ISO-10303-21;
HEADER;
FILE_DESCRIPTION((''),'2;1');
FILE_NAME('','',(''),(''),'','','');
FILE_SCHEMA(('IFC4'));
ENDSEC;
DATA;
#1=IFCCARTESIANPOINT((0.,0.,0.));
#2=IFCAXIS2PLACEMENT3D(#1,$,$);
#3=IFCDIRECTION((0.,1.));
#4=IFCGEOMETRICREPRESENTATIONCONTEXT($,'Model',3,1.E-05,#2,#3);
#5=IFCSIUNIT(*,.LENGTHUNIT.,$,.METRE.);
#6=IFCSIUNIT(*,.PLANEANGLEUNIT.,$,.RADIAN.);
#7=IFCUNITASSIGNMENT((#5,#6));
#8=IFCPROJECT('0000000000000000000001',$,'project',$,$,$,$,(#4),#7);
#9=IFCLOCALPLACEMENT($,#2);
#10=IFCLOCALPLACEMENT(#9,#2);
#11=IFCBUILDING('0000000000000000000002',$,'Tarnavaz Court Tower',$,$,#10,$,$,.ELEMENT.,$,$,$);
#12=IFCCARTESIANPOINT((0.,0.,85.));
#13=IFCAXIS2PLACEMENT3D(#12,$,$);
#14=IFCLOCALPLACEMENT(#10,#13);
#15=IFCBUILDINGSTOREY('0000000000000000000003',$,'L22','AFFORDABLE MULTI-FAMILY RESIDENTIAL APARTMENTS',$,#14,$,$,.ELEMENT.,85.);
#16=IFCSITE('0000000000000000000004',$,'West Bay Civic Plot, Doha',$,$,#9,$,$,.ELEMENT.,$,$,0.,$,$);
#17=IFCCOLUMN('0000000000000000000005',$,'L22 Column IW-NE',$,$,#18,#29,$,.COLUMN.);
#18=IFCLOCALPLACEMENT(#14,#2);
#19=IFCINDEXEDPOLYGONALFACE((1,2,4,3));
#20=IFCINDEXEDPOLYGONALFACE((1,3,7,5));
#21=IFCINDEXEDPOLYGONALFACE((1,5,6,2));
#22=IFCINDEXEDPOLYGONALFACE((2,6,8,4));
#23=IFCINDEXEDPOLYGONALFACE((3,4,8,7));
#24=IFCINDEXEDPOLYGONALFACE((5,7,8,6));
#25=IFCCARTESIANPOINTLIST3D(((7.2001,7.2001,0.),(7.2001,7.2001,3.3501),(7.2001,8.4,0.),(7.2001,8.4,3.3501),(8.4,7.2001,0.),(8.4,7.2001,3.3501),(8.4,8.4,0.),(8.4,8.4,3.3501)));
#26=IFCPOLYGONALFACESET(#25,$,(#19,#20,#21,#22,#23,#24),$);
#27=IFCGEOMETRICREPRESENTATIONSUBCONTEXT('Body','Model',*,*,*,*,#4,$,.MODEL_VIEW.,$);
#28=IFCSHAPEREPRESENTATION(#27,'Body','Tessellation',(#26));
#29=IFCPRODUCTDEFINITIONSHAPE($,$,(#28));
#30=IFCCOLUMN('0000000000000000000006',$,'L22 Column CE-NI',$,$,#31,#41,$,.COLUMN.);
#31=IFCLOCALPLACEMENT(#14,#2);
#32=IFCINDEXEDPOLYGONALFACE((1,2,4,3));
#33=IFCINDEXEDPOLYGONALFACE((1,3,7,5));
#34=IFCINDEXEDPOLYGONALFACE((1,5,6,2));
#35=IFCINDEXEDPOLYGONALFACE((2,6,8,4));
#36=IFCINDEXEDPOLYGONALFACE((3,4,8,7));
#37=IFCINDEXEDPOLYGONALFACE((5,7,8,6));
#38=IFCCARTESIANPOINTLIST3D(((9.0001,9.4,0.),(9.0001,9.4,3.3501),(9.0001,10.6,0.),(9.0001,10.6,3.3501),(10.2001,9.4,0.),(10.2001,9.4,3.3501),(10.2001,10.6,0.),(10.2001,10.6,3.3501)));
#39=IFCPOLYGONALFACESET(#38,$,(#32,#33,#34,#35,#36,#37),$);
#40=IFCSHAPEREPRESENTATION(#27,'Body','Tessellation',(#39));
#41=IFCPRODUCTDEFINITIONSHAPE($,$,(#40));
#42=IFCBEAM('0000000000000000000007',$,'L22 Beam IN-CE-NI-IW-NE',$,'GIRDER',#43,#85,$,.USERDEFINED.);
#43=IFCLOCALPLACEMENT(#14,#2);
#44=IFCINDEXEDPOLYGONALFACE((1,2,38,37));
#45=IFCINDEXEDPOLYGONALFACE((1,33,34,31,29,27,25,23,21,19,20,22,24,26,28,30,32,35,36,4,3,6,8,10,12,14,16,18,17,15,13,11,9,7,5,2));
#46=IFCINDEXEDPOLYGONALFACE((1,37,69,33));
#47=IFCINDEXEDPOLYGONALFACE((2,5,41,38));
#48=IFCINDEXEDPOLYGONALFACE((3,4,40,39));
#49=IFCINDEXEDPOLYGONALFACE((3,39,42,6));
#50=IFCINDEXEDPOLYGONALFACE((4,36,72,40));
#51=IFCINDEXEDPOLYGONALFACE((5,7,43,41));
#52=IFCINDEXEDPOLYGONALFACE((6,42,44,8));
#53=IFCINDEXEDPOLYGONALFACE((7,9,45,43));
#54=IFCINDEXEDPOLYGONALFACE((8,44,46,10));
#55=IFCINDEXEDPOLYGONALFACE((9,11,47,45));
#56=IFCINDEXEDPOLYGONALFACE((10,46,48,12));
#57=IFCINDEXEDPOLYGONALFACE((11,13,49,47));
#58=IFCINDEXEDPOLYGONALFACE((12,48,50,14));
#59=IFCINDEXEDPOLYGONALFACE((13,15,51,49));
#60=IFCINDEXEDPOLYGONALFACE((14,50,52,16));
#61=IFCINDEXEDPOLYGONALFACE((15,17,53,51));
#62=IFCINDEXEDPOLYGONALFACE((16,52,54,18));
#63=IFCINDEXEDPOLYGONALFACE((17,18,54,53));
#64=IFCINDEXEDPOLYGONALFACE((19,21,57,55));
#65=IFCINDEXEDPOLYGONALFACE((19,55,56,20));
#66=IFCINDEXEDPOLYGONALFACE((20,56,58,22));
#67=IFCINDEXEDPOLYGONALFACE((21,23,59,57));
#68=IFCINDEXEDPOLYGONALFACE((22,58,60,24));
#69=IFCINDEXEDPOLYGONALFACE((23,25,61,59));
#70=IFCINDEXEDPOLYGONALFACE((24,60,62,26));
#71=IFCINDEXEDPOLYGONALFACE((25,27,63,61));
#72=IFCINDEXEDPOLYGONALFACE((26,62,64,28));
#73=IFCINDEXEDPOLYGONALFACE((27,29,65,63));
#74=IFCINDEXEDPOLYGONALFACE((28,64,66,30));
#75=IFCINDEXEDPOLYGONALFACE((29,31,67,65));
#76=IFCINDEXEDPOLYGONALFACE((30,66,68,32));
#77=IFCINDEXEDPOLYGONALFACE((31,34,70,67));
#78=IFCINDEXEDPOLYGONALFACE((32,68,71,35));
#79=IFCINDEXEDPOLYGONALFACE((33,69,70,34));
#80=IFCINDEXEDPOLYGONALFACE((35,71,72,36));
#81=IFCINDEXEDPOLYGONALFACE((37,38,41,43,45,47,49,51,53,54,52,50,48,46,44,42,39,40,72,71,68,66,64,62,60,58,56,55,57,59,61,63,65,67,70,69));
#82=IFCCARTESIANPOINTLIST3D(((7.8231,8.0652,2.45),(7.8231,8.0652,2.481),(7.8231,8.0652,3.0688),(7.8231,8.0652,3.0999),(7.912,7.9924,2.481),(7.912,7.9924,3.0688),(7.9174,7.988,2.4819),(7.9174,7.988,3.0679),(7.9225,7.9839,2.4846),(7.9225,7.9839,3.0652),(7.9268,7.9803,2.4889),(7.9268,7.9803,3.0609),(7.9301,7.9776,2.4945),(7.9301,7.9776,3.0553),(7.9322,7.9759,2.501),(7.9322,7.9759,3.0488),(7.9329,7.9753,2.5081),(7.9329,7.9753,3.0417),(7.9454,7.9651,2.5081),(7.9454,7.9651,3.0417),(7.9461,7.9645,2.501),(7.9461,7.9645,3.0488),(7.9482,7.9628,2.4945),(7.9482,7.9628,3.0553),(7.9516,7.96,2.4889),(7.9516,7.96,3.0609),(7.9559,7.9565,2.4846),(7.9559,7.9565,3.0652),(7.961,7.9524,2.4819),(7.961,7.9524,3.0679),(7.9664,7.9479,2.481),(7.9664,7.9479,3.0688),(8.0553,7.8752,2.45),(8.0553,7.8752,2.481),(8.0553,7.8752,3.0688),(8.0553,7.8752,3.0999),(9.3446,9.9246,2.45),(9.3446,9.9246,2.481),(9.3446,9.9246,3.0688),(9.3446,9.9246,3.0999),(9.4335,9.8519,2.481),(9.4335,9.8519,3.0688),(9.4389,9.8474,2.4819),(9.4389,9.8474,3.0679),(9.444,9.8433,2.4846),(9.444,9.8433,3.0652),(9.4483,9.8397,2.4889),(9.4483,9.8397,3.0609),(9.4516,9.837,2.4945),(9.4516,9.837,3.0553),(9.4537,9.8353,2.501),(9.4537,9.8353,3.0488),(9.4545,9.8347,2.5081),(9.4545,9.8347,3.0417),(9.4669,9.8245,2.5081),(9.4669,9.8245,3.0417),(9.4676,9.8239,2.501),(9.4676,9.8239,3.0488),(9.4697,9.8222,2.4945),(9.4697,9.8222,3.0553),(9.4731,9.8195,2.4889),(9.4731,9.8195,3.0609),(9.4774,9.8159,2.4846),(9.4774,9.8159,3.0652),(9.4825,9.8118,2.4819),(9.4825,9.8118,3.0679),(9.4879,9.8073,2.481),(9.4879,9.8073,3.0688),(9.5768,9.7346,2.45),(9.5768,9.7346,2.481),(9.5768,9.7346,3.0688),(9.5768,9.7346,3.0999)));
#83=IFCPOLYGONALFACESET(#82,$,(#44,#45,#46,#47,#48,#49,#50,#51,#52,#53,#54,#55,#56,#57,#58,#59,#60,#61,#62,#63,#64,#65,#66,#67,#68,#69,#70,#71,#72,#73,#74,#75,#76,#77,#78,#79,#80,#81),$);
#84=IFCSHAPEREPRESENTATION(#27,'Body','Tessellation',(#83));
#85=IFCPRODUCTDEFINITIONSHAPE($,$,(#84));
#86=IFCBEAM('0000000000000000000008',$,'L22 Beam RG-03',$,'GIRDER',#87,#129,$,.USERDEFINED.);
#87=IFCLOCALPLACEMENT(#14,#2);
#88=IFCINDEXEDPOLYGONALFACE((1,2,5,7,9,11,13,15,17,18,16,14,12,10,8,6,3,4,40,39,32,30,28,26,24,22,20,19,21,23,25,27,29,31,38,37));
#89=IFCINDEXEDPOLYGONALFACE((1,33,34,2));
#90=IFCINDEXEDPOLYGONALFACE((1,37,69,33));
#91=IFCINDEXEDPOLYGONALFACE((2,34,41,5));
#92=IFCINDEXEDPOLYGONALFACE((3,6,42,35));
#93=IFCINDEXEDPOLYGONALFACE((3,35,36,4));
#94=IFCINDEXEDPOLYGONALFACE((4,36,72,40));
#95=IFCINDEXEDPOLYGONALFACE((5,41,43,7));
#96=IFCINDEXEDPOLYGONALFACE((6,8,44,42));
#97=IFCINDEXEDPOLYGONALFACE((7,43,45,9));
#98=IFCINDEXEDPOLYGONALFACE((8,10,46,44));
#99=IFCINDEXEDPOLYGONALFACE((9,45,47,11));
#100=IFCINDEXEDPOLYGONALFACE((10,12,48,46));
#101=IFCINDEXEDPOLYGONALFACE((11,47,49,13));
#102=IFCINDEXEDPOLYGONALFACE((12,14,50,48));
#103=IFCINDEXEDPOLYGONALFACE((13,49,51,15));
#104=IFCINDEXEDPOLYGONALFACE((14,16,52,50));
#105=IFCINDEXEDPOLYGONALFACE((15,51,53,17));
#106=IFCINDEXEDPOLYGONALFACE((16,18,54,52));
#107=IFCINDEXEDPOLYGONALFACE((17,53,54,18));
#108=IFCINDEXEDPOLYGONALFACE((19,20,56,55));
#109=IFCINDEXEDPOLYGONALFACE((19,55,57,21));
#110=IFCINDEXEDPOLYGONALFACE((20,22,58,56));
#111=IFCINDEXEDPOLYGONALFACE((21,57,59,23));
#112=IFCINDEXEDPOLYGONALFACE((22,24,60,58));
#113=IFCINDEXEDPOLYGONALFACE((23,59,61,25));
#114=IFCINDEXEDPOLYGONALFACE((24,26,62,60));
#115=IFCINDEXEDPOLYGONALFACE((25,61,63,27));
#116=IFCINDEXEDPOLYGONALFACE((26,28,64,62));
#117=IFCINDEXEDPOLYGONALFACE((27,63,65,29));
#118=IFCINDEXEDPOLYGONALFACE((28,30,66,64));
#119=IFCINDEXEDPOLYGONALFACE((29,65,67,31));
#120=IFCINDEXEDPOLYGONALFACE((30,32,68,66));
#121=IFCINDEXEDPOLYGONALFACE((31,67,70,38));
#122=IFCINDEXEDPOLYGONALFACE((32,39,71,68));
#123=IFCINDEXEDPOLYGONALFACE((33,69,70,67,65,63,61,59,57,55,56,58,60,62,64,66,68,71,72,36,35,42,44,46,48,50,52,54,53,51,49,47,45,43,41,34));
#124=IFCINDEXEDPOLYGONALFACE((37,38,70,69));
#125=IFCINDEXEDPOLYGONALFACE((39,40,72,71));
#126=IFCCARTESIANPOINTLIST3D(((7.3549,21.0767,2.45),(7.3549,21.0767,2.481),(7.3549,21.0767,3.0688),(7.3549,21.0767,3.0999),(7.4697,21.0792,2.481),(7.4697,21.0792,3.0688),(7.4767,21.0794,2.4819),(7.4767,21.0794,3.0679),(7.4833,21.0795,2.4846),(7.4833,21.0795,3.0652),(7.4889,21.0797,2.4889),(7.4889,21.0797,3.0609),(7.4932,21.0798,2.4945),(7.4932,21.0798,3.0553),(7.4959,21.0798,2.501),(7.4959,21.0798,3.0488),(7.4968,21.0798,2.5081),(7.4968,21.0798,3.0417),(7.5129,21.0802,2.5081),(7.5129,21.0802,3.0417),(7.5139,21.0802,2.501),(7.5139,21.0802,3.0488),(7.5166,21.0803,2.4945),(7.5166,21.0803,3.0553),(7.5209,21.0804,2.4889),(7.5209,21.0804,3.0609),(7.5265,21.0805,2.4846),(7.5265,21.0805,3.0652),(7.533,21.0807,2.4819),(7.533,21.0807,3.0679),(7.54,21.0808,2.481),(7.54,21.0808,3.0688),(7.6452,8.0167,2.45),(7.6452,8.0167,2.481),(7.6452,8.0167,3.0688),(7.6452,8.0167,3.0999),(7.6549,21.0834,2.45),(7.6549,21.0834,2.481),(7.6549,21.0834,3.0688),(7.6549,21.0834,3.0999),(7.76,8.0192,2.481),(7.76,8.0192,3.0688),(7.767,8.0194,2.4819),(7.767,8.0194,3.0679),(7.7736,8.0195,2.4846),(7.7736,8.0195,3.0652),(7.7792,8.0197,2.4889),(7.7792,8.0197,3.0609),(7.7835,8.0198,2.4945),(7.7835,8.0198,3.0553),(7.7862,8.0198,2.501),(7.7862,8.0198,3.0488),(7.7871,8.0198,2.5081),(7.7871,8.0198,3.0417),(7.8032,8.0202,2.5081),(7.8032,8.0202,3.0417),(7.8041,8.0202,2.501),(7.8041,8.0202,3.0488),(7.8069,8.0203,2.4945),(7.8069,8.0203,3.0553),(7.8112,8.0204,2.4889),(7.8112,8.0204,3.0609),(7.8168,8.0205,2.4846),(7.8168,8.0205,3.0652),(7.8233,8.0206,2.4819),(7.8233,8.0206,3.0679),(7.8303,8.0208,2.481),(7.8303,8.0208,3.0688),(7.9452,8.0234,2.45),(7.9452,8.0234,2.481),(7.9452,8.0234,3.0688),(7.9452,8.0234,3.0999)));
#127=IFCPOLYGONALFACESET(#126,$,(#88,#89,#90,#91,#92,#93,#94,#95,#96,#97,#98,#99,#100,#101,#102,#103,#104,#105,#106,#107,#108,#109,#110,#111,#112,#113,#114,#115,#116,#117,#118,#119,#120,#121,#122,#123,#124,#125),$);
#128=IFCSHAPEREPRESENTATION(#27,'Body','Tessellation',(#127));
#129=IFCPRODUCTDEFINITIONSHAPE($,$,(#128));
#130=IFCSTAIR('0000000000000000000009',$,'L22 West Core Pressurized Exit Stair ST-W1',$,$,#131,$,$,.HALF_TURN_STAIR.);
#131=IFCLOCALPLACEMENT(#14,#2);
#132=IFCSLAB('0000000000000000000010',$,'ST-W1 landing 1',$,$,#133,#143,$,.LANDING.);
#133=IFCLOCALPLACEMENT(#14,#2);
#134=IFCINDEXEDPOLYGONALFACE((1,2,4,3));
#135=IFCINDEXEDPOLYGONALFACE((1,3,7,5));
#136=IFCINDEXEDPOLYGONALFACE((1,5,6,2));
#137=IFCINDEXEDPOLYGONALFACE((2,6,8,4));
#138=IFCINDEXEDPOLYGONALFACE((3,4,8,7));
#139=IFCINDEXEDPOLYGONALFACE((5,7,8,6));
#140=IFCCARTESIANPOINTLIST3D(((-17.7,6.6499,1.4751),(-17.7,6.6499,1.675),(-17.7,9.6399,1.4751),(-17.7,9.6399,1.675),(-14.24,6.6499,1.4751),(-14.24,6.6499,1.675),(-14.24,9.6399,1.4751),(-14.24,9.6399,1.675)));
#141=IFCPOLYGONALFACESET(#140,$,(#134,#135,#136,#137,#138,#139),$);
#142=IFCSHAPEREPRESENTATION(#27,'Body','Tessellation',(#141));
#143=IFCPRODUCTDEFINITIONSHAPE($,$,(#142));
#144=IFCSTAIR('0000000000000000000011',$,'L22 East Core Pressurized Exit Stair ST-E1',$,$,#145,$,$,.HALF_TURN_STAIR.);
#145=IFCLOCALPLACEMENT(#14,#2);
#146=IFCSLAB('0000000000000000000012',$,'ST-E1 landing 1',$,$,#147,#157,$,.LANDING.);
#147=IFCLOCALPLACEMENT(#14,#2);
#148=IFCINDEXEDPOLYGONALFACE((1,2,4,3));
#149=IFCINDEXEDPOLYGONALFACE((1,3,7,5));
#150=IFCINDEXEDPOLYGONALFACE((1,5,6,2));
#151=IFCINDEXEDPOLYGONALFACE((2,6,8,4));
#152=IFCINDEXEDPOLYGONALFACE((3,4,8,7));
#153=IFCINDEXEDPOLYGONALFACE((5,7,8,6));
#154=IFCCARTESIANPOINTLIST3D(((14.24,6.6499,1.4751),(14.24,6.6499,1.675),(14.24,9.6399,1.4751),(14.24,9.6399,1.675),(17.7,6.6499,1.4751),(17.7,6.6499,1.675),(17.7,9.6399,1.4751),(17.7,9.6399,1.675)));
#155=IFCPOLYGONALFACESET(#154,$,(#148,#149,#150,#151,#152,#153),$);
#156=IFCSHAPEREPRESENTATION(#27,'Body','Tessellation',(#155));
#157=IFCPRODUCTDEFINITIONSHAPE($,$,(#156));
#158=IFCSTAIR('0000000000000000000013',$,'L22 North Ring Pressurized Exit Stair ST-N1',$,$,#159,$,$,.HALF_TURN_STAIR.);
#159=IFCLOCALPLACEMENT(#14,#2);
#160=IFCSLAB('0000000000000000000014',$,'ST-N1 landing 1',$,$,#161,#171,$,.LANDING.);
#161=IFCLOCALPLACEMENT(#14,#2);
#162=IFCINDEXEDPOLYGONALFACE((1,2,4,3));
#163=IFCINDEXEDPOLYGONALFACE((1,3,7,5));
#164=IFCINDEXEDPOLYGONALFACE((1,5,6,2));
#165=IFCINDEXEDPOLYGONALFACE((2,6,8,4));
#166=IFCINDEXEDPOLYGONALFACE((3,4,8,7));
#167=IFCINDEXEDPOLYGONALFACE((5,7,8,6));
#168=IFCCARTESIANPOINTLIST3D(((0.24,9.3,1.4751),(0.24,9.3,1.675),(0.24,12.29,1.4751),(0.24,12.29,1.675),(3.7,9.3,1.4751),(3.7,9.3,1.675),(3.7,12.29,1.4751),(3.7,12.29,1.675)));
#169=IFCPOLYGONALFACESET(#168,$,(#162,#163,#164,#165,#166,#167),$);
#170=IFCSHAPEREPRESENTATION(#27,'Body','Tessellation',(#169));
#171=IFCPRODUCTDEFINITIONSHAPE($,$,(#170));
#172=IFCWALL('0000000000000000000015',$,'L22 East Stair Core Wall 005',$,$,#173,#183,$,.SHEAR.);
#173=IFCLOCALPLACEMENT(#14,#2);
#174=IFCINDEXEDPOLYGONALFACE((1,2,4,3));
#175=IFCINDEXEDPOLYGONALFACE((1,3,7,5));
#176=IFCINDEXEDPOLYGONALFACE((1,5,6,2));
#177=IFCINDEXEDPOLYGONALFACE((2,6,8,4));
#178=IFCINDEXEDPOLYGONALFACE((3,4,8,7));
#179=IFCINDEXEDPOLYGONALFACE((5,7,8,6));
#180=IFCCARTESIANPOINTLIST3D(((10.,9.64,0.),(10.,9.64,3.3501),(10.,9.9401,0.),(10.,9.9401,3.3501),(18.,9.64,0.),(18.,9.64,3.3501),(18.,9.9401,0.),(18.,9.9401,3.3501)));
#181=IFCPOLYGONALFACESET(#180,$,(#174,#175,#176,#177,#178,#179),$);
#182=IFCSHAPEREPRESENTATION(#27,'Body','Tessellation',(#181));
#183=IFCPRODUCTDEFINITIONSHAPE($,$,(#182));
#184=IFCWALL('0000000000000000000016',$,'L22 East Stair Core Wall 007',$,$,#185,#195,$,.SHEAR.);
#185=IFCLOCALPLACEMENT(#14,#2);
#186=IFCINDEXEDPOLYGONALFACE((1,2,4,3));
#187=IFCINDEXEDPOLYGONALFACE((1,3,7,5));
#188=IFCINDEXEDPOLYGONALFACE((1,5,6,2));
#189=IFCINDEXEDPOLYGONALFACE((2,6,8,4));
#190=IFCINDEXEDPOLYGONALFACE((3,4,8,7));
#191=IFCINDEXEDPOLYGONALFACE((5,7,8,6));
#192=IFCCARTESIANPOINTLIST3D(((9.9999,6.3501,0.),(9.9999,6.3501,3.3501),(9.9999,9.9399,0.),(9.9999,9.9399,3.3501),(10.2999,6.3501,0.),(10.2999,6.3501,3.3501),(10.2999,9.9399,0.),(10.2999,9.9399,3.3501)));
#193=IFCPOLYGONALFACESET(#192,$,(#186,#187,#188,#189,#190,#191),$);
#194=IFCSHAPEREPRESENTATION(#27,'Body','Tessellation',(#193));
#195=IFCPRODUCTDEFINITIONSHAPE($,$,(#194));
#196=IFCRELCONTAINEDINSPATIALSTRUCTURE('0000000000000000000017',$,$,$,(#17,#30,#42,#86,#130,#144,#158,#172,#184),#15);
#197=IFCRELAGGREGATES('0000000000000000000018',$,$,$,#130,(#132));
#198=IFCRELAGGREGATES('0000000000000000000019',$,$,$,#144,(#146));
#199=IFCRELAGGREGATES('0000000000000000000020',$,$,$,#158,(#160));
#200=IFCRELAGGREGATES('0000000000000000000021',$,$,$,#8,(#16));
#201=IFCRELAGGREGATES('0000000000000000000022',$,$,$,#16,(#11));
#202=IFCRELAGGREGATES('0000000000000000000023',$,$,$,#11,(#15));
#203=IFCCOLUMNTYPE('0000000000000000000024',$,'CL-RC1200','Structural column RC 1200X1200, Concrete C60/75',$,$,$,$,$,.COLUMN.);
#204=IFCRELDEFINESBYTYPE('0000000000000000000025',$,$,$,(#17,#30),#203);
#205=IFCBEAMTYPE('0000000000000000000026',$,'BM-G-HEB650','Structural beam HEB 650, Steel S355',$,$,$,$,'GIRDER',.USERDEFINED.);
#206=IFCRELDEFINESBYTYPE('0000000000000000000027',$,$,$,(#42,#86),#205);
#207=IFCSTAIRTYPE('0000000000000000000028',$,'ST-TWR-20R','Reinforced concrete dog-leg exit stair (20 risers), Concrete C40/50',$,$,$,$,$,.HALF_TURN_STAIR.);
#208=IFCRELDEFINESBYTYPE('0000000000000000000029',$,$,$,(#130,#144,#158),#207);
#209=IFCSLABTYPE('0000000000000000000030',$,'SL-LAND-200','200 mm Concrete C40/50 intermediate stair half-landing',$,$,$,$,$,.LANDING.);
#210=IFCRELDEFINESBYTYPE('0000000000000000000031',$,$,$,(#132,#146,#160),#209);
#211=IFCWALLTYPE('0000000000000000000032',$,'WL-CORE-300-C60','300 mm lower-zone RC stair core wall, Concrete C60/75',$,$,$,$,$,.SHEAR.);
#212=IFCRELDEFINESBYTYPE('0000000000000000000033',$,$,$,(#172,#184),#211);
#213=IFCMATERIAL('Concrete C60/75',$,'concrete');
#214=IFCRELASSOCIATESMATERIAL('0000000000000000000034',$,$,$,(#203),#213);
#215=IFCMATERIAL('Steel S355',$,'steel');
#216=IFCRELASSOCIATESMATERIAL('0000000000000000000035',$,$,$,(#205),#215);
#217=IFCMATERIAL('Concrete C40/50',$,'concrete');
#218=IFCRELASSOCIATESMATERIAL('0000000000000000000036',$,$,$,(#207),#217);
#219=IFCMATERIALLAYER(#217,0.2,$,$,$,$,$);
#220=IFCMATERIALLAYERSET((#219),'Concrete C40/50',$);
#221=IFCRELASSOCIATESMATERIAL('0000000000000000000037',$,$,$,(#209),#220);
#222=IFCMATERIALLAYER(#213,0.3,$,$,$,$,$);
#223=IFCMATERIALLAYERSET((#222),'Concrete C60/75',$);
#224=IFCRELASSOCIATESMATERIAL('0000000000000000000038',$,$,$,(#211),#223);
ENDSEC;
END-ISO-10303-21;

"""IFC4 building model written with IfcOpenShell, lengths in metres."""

from ifc_helpers import new_model, si_unit, direction, frame, frame_2d, origin, origin_2d, place, context, subcontext, project, spatial, polyline, rectangle, i_section, outline, extrude, material, layer, layer_set, material_profile, profile_set, type_object, element, aggregate, save


model = new_model("IFC4")

# Units and contexts
model_context = context("Model", 3, precision=1e-05, world=origin(), true_north=direction((0.0, 1.0)))
body_context = subcontext(model_context, "Body", "Model", "MODEL_VIEW")
ifc_project = project(units=[si_unit("LENGTHUNIT", "METRE"), si_unit("PLANEANGLEUNIT", "RADIAN")], contexts=[model_context])

# Site, building, storey
site_placement = place(None, origin())
site = spatial("IfcSite", under=ifc_project, at=site_placement, Name="West Bay Civic Plot, Doha", CompositionType="ELEMENT", RefElevation=0.0)
building_placement = place(site_placement, origin())
building = spatial("IfcBuilding", under=site, at=building_placement, Name="Tarnavaz Court Tower", CompositionType="ELEMENT")
storey_placement = place(building_placement, frame((0.0, 0.0, 85.0)))
storey = spatial("IfcBuildingStorey", under=building, at=storey_placement, Name="L22", Description="AFFORDABLE MULTI-FAMILY RESIDENTIAL APARTMENTS", CompositionType="ELEMENT", Elevation=85.0)

# Columns
ifc_material_1 = material(Name="Concrete C60/75", Category="concrete")
ifc_material_profile_1 = material_profile(ifc_material_1, rectangle(XDim=1.2, YDim=1.2, at=origin_2d()), Name="RC 1200X1200")
ifc_profile_set_1 = profile_set([ifc_material_profile_1], Name="Concrete C60/75")
column_type = type_object("IfcColumnType", Name="CL-RC1200", Description="Structural column RC 1200X1200, Concrete C60/75", PredefinedType="COLUMN", material=ifc_profile_set_1)
for number, where, z_axis, x_axis, name in (
    (1, (7.8, 7.8, 0.0), (0.0, 0.0, 1.0), (1.0, 0.0, 0.0), "L22 Column IW-NE"),
    (2, (9.6001, 10.0, 0.0), (0.0, 0.0, 1.0), (1.0, 0.0, 0.0), "L22 Column CE-NI"),
):
    element("IfcColumn", number, at=place(storey_placement, frame(where, z_axis=z_axis, x_axis=x_axis)), inside=storey, type_object=column_type, Name=name, PredefinedType="COLUMN", context=body_context, shape_type="SweptSolid", body=[
        extrude(rectangle(XDim=1.2, YDim=1.2, at=origin_2d()), origin(), (0.0, 0.0, 1.0), 3.3501),
    ])

# Beams
ifc_material_2 = material(Name="Steel S355", Category="steel")
ifc_material_profile_2 = material_profile(ifc_material_2, i_section(OverallWidth=0.3, OverallDepth=0.6499, WebThickness=0.0161, FlangeThickness=0.031, FilletRadius=0.0271, at=origin_2d()), Name="HEB 650")
ifc_profile_set_2 = profile_set([ifc_material_profile_2], Name="Steel S355")
beam_type = type_object("IfcBeamType", Name="BM-G-HEB650", Description="Structural beam HEB 650, Steel S355", ElementType="GIRDER", PredefinedType="USERDEFINED", material=ifc_profile_set_2)
beam_1_placement = place(storey_placement, frame((9.4607, 9.8296, 2.7749), z_axis=(-0.633282, -0.773921, 0.0), x_axis=(0.773921, -0.633282, 0.0)))
element("IfcBeam", 3, at=beam_1_placement, inside=storey, type_object=beam_type, Name="L22 Beam IN-CE-NI-IW-NE", ObjectType="GIRDER", PredefinedType="USERDEFINED", context=body_context, shape_type="SweptSolid", body=[
    extrude(i_section(OverallWidth=0.3, OverallDepth=0.6499, WebThickness=0.0161, FlangeThickness=0.031, FilletRadius=0.0271, at=origin_2d()), origin(), (0.0, 0.0, 1.0), 2.4026),
])
beam_2_placement = place(storey_placement, frame((7.7952, 8.02, 2.7749), z_axis=(-0.022221, 0.999753, 0.0), x_axis=(-0.999753, -0.022221, 0.0)))
element("IfcBeam", 4, at=beam_2_placement, inside=storey, type_object=beam_type, Name="L22 Beam RG-03", ObjectType="GIRDER", PredefinedType="USERDEFINED", context=body_context, shape_type="SweptSolid", body=[
    extrude(i_section(OverallWidth=0.3, OverallDepth=0.6499, WebThickness=0.0161, FlangeThickness=0.031, FilletRadius=0.0271, at=origin_2d()), origin(), (0.0, 0.0, 1.0), 13.0632),
])

# Stairs, slabs
ifc_material_3 = material(Name="Concrete C40/50", Category="concrete")
stair_type = type_object("IfcStairType", Name="ST-TWR-20R", Description="Reinforced concrete dog-leg exit stair (20 risers), Concrete C40/50", PredefinedType="HALF_TURN_STAIR", material=ifc_material_3)
stair_1_placement = place(storey_placement, origin())
stair_1 = element("IfcStair", 5, at=stair_1_placement, inside=storey, type_object=stair_type, Name="L22 West Core Pressurized Exit Stair ST-W1", PredefinedType="HALF_TURN_STAIR")
ifc_layer_1 = layer(ifc_material_3, 0.2)
ifc_layer_set_1 = layer_set([ifc_layer_1], Name="Concrete C40/50")
slab_type = type_object("IfcSlabType", Name="SL-LAND-200", Description="200 mm Concrete C40/50 intermediate stair half-landing", PredefinedType="LANDING", material=ifc_layer_set_1)
slab_1_placement = place(storey_placement, frame((0.0, 0.0, 1.4751)))
slab_1 = element("IfcSlab", 6, at=slab_1_placement, type_object=slab_type, Name="ST-W1 landing 1", PredefinedType="LANDING", context=body_context, shape_type="SweptSolid", body=[
    extrude(outline(polyline([(-14.24, 9.6399), (-17.7, 9.6399), (-17.7, 6.6499), (-14.24, 6.6499), (-14.24, 9.6399)])), origin(), (0.0, 0.0, 1.0), 0.2),
])
aggregate(stair_1, [slab_1])
stair_2_placement = place(storey_placement, origin())
stair_2 = element("IfcStair", 7, at=stair_2_placement, inside=storey, type_object=stair_type, Name="L22 East Core Pressurized Exit Stair ST-E1", PredefinedType="HALF_TURN_STAIR")
slab_2_placement = place(storey_placement, frame((0.0, 0.0, 1.4751)))
slab_2 = element("IfcSlab", 8, at=slab_2_placement, type_object=slab_type, Name="ST-E1 landing 1", PredefinedType="LANDING", context=body_context, shape_type="SweptSolid", body=[
    extrude(outline(polyline([(14.24, 6.6499), (17.7, 6.6499), (17.7, 9.6399), (14.24, 9.6399), (14.24, 6.6499)])), origin(), (0.0, 0.0, 1.0), 0.2),
])
aggregate(stair_2, [slab_2])
stair_3_placement = place(storey_placement, origin())
stair_3 = element("IfcStair", 9, at=stair_3_placement, inside=storey, type_object=stair_type, Name="L22 North Ring Pressurized Exit Stair ST-N1", PredefinedType="HALF_TURN_STAIR")
slab_3_placement = place(storey_placement, frame((0.0, 0.0, 1.4751)))
slab_3 = element("IfcSlab", 10, at=slab_3_placement, type_object=slab_type, Name="ST-N1 landing 1", PredefinedType="LANDING", context=body_context, shape_type="SweptSolid", body=[
    extrude(outline(polyline([(0.24, 9.3), (3.7, 9.3), (3.7, 12.29), (0.24, 12.29), (0.24, 9.3)])), origin(), (0.0, 0.0, 1.0), 0.2),
])

# Wall
ifc_layer_2 = layer(ifc_material_1, 0.3)
ifc_layer_set_2 = layer_set([ifc_layer_2], Name="Concrete C60/75")
wall_type_1 = type_object("IfcWallType", Name="WL-CORE-300-C60", Description="300 mm lower-zone RC stair core wall, Concrete C60/75", PredefinedType="SHEAR", material=ifc_layer_set_2)
wall_1_placement = place(storey_placement, frame((10.0, 9.79, 0.0), z_axis=(0.0, 0.0, 1.0), x_axis=(1.0, 0.0, 0.0)))
element("IfcWall", 11, at=wall_1_placement, inside=storey, type_object=wall_type_1, Name="L22 East Stair Core Wall 005", PredefinedType="SHEAR", context=body_context, shape_type="SweptSolid", body=[
    extrude(rectangle(XDim=8.0, YDim=0.3, at=frame_2d((4.0, 0.0))), origin(), (0.0, 0.0, 1.0), 3.3501),
])

# Wall
wall_2_placement = place(storey_placement, frame((10.1499, 6.3501, 0.0), z_axis=(0.0, 0.0, 1.0), x_axis=(0.0, 1.0, 0.0)))
element("IfcWall", 12, at=wall_2_placement, inside=storey, type_object=wall_type_1, Name="L22 East Stair Core Wall 007", PredefinedType="SHEAR", context=body_context, shape_type="SweptSolid", body=[
    extrude(rectangle(XDim=3.5898, YDim=0.3, at=frame_2d((1.7949, 0.0))), origin(), (0.0, 0.0, 1.0), 3.3501),
])

aggregate(stair_3, [slab_3])

save(model, "model.ifc")
